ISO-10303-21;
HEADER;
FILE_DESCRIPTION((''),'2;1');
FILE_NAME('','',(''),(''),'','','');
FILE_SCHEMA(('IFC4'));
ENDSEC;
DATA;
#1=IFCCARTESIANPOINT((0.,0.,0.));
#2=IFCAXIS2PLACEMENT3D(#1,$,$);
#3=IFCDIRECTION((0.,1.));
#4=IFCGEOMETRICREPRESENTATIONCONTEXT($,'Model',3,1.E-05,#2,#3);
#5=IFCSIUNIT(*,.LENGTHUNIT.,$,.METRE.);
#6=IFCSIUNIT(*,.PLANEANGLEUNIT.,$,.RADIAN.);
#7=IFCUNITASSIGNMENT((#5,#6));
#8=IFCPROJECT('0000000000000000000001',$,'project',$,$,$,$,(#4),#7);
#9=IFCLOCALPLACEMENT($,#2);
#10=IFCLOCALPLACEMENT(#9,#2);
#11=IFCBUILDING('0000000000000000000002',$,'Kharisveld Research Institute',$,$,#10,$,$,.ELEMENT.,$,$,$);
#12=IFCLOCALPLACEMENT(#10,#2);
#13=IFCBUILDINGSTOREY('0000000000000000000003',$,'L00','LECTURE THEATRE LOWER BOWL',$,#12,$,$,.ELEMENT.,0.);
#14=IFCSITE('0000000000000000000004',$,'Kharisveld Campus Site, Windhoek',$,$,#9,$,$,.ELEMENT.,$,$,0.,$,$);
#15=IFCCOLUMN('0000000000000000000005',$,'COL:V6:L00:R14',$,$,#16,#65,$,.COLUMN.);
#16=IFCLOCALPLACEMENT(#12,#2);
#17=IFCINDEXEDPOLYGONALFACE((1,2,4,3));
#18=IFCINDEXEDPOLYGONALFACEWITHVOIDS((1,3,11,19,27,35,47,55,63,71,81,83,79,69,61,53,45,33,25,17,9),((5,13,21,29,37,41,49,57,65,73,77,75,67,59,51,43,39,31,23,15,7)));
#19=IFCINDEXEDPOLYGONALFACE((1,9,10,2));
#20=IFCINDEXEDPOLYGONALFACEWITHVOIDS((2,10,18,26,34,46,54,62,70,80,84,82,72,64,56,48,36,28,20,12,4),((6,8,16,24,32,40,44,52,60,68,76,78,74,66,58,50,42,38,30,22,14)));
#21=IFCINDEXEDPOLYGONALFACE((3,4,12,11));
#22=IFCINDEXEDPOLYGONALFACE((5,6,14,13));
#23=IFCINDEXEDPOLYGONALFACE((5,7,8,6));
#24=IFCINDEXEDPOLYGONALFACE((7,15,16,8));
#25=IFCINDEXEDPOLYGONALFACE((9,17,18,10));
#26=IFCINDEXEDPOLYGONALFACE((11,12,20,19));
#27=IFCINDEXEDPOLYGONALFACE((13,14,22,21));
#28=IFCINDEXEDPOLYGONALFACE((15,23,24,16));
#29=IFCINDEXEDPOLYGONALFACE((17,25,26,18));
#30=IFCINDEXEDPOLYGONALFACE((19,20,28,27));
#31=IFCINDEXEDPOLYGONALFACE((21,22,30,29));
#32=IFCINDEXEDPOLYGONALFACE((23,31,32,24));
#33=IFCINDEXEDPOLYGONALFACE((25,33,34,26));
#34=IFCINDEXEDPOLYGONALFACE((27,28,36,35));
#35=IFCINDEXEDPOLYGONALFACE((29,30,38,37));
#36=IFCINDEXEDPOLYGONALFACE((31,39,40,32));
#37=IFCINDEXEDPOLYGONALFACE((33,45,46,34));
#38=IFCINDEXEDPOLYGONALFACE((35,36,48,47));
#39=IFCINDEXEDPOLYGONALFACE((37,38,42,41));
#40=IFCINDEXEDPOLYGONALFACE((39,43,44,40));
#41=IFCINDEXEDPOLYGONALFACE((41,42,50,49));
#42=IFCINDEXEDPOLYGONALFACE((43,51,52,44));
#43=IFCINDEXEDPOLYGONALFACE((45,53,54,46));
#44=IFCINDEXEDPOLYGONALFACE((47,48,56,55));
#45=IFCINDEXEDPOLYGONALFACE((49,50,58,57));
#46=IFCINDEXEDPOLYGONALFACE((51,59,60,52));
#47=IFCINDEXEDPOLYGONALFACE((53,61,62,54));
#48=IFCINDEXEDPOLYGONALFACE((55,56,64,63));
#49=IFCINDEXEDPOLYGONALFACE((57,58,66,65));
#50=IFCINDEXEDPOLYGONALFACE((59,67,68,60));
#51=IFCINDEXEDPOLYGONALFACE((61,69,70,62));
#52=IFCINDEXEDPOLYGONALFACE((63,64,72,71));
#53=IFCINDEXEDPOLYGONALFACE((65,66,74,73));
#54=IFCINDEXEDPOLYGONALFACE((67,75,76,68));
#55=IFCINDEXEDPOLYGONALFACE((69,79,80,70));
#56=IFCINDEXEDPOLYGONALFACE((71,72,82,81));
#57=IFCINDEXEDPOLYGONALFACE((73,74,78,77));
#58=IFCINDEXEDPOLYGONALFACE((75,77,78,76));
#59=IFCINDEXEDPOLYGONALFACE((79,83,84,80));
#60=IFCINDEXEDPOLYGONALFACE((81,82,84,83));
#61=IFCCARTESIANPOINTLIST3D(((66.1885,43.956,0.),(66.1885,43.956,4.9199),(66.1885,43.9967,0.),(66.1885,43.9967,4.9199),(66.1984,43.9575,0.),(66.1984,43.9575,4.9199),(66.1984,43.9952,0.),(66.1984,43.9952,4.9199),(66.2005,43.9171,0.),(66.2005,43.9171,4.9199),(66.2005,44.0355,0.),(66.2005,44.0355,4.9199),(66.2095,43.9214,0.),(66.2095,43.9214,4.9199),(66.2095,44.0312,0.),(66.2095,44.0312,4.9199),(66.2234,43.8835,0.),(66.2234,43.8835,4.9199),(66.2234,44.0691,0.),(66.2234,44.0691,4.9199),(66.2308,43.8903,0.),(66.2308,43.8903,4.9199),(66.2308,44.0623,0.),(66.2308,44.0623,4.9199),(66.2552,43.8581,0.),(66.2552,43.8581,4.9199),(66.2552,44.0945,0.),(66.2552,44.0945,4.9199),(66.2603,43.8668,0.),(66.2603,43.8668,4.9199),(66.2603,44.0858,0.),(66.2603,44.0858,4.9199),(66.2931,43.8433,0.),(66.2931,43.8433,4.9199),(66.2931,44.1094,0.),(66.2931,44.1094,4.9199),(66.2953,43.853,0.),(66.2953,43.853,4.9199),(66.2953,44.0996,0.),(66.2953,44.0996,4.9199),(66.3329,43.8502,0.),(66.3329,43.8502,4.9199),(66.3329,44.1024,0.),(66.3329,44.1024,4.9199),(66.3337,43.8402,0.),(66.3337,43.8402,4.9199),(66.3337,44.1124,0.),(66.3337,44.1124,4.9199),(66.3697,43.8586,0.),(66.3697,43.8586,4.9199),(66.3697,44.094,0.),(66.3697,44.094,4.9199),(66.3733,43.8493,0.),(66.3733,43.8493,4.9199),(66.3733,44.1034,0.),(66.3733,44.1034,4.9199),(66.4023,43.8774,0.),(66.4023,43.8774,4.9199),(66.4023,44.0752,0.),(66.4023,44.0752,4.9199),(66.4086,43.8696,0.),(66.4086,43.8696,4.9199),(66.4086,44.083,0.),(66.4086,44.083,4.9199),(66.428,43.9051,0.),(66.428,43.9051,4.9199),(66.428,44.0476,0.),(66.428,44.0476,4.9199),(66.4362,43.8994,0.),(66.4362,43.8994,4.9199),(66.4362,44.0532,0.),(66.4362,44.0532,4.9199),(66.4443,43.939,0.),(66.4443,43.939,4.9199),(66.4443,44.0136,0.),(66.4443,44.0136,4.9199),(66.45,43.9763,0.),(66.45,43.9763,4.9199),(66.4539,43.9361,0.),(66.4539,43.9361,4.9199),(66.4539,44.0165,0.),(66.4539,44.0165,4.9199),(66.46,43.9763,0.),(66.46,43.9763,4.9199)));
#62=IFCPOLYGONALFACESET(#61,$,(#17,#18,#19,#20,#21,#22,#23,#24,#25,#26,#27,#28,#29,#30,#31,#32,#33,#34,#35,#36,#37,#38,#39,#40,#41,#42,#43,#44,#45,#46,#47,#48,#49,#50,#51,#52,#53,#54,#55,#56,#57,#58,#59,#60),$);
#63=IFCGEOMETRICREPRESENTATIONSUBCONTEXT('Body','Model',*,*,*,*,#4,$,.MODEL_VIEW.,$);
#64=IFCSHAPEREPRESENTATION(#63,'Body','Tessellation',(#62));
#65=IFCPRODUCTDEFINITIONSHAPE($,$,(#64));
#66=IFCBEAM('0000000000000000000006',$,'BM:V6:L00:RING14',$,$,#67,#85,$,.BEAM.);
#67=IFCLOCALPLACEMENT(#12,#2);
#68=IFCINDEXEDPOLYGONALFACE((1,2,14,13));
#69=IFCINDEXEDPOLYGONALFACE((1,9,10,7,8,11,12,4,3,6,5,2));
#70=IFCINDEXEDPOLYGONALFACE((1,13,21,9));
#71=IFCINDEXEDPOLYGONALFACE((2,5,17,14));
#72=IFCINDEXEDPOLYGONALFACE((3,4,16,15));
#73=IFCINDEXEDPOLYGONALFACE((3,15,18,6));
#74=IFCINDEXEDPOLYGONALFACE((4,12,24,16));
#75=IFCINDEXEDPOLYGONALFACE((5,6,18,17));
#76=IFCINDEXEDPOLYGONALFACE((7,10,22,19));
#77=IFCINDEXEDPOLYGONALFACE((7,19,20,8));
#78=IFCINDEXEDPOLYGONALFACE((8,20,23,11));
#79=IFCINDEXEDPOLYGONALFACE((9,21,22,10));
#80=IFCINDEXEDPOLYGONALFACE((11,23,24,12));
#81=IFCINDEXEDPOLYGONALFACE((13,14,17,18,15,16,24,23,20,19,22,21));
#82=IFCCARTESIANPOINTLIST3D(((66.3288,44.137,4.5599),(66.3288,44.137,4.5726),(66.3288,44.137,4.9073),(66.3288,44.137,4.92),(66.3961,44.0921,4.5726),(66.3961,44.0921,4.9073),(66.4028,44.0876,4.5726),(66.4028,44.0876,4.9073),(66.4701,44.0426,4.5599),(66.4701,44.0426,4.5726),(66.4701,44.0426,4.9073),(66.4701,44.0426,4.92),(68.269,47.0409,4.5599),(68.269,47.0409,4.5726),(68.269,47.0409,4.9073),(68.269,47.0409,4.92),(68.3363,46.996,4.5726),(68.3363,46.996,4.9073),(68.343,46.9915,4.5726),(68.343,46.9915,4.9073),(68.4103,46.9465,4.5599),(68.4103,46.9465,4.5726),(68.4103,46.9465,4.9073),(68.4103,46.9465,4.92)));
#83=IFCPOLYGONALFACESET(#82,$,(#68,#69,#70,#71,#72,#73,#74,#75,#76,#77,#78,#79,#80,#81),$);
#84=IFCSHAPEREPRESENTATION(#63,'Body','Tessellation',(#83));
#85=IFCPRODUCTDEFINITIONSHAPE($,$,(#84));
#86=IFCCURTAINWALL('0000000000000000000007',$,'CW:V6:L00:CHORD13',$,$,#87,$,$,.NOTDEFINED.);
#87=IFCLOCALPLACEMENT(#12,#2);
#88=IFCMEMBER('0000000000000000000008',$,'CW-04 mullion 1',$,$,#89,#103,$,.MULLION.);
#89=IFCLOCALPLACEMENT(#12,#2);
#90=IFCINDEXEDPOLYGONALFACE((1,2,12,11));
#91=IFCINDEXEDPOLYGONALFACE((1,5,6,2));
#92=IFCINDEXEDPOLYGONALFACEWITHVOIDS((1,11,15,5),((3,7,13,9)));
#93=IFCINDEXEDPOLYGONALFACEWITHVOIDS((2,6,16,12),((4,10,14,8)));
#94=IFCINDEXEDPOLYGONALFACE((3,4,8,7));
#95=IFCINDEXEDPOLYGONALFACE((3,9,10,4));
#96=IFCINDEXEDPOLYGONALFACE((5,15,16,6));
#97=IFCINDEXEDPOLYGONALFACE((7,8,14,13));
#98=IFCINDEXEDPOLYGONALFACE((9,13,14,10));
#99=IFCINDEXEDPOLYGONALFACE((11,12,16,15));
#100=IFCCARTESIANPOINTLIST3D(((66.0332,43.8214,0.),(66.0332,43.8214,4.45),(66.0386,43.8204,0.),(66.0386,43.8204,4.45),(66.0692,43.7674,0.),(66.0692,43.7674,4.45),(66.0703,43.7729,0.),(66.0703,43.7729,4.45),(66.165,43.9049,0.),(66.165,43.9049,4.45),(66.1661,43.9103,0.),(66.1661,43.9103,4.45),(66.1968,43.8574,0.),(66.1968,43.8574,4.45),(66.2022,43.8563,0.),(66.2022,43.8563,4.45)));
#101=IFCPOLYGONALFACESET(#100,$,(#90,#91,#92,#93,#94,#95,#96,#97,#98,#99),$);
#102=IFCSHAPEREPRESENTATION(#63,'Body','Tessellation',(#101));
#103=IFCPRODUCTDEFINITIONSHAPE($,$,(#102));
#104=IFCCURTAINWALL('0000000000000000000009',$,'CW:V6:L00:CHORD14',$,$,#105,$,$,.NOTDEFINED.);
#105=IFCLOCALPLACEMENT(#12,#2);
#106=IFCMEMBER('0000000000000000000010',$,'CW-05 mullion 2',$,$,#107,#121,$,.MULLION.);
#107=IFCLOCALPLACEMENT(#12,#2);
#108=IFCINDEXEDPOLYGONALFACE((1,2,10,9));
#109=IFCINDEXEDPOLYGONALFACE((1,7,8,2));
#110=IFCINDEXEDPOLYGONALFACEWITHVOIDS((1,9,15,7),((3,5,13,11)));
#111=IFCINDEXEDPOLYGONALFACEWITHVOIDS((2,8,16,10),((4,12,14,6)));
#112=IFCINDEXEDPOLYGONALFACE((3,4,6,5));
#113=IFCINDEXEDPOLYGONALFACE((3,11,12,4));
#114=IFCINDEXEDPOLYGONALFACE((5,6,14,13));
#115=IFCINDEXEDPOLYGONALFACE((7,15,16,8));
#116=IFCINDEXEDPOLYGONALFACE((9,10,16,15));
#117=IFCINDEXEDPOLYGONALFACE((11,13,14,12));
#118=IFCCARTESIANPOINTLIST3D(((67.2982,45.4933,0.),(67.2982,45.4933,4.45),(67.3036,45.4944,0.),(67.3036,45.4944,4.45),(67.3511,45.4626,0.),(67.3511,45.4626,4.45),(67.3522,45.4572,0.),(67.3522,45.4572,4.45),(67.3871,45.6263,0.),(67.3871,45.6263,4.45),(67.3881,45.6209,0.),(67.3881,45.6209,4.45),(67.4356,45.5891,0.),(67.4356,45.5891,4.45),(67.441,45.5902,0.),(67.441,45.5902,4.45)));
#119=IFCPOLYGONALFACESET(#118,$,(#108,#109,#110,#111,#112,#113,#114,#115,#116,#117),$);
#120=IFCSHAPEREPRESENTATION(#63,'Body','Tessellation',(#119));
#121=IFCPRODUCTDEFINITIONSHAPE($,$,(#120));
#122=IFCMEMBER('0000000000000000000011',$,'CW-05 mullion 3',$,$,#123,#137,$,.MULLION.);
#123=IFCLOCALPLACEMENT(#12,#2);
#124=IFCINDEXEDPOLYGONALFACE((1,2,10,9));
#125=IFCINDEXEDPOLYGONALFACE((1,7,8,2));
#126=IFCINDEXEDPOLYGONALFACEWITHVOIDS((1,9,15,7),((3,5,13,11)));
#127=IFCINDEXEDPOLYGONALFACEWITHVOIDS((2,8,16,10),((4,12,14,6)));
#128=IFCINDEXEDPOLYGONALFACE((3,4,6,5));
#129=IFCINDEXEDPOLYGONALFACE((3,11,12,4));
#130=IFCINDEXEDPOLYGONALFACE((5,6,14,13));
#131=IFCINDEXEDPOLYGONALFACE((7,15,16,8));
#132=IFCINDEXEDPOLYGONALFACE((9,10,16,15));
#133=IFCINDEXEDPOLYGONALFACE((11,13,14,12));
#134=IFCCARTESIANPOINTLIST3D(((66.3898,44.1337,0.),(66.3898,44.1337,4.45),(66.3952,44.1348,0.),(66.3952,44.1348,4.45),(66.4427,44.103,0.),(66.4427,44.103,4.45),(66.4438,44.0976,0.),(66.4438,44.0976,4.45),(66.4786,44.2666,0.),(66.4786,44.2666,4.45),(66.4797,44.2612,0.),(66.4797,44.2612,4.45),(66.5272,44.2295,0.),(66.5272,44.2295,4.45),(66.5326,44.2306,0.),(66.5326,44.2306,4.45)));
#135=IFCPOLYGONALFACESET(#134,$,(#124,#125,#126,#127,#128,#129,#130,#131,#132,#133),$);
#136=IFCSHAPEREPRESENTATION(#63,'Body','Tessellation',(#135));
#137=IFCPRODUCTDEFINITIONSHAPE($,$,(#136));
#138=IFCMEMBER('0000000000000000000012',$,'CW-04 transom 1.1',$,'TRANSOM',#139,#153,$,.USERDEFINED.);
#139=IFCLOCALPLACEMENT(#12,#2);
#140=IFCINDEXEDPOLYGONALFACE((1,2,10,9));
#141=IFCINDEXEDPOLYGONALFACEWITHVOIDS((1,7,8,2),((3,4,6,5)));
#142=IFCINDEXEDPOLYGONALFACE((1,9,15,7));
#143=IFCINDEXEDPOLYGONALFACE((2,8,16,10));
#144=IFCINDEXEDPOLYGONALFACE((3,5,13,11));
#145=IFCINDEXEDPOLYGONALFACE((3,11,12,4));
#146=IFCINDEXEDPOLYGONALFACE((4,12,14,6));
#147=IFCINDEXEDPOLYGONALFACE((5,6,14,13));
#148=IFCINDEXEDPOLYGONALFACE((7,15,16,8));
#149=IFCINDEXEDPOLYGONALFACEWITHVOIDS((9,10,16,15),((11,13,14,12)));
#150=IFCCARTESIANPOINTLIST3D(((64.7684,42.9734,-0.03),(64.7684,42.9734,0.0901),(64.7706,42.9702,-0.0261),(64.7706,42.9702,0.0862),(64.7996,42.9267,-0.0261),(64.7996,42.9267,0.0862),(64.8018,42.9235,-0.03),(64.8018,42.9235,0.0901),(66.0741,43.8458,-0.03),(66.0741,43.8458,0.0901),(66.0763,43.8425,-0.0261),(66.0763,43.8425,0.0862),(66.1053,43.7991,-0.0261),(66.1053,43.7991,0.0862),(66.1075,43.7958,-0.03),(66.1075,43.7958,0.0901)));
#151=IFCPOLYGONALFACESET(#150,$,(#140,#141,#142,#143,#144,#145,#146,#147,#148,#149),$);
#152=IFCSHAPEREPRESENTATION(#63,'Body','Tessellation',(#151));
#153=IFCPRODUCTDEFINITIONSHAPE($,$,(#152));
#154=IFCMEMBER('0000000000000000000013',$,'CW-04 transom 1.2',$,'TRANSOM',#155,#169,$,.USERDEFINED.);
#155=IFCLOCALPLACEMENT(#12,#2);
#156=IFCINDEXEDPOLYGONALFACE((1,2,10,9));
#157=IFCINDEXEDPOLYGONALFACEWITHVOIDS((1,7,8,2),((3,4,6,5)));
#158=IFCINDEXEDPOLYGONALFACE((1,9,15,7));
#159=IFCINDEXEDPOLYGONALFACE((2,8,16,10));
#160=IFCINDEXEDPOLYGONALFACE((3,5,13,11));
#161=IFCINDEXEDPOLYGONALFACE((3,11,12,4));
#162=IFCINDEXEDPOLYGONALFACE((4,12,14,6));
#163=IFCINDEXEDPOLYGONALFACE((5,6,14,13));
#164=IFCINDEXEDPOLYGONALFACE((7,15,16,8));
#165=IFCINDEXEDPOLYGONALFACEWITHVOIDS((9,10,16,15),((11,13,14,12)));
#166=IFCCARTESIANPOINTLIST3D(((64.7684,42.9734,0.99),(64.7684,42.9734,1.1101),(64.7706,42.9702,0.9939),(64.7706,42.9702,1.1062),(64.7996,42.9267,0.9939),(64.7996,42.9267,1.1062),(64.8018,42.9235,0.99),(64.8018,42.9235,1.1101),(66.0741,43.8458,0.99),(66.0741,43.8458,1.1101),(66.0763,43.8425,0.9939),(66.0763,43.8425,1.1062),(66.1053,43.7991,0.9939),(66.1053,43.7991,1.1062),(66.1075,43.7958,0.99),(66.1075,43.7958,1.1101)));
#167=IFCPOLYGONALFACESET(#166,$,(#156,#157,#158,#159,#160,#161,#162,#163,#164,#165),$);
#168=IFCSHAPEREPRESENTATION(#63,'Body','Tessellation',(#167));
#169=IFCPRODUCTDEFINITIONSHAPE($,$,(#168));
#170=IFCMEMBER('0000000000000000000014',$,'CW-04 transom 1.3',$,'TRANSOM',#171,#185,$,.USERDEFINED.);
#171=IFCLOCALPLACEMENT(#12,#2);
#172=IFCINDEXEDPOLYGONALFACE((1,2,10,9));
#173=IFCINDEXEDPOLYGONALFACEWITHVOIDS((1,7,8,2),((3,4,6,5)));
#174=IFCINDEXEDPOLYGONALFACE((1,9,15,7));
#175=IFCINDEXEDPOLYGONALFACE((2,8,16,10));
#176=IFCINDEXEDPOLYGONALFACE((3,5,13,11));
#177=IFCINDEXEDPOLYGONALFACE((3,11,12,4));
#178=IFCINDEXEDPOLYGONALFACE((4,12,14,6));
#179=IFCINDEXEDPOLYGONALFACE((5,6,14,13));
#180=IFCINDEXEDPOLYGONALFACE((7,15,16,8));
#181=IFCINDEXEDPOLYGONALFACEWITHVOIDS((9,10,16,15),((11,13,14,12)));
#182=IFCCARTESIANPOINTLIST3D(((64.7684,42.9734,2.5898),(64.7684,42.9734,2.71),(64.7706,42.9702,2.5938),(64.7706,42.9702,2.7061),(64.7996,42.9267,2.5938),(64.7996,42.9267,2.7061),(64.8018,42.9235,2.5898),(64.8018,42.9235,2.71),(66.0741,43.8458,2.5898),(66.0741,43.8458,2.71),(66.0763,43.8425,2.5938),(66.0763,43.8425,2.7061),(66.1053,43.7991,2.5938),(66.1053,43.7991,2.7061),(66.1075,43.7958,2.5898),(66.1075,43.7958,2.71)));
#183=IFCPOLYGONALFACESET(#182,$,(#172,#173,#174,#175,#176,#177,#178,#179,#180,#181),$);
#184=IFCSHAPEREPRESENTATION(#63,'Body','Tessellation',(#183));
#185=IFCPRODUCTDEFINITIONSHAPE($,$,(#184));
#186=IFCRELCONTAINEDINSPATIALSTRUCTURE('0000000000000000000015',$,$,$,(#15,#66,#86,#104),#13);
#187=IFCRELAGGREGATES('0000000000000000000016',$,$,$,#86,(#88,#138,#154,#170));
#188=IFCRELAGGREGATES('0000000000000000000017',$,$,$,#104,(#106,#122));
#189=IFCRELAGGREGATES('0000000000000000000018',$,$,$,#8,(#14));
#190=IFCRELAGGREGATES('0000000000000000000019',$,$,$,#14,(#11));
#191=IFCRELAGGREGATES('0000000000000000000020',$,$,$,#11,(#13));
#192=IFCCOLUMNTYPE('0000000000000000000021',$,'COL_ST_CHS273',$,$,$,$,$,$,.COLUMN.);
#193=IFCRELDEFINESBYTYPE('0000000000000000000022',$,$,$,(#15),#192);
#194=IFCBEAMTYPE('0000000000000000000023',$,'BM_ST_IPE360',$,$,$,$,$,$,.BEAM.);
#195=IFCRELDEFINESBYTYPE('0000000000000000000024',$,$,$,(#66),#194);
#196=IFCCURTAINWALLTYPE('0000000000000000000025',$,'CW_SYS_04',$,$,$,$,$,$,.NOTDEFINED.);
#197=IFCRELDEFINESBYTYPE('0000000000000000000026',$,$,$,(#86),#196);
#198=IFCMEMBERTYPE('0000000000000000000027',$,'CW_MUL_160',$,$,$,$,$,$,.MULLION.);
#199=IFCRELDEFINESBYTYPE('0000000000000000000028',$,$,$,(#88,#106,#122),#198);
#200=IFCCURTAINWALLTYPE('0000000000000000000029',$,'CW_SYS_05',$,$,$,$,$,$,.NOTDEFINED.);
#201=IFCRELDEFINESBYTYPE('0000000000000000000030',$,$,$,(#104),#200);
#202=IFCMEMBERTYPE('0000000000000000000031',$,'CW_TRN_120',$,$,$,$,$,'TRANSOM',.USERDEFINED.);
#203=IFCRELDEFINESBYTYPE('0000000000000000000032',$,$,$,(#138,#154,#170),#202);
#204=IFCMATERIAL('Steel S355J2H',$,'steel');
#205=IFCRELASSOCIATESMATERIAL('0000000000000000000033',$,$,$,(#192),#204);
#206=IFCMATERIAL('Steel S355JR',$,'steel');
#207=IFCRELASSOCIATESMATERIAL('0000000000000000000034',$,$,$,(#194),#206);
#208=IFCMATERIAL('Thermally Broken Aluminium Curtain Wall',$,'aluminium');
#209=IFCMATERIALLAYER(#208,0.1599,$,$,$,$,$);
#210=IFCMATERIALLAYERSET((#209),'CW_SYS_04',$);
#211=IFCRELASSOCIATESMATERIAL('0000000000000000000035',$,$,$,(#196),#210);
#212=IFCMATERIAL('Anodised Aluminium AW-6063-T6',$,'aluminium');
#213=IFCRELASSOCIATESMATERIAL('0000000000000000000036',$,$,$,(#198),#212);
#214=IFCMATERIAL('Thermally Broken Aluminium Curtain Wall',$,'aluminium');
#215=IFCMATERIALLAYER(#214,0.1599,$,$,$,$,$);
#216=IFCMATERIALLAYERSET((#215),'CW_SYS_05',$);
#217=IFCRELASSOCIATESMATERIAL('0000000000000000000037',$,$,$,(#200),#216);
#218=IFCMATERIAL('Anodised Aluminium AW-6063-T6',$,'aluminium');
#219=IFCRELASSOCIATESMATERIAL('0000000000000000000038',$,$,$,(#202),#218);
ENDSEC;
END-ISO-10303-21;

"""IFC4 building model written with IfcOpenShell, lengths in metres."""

from ifc_helpers import new_model, si_unit, direction, frame, origin, origin_2d, place, context, subcontext, project, spatial, hollow_rectangle, hollow_circle, i_section, extrude, material, layer, layer_set, material_profile, profile_set, type_object, element, aggregate, save


model = new_model("IFC4")

# Units and contexts
model_context = context("Model", 3, precision=1e-05, world=origin(), true_north=direction((0.0, 1.0)))
body_context = subcontext(model_context, "Body", "Model", "MODEL_VIEW")
ifc_project = project(units=[si_unit("LENGTHUNIT", "METRE"), si_unit("PLANEANGLEUNIT", "RADIAN")], contexts=[model_context])

# Site, building, storey
site_placement = place(None, origin())
site = spatial("IfcSite", under=ifc_project, at=site_placement, Name="Kharisveld Campus Site, Windhoek", CompositionType="ELEMENT", RefElevation=0.0)
building_placement = place(site_placement, origin())
building = spatial("IfcBuilding", under=site, at=building_placement, Name="Kharisveld Research Institute", CompositionType="ELEMENT")
storey_placement = place(building_placement, origin())
storey = spatial("IfcBuildingStorey", under=building, at=storey_placement, Name="L00", Description="LECTURE THEATRE LOWER BOWL", CompositionType="ELEMENT", Elevation=0.0)

# Column
ifc_material_1 = material(Name="Steel S355J2H", Category="steel")
ifc_material_profile_1 = material_profile(ifc_material_1, hollow_circle(Radius=0.1365, WallThickness=0.01, at=origin_2d()))
ifc_profile_set_1 = profile_set([ifc_material_profile_1], Name="Steel S355J2H")
column_type = type_object("IfcColumnType", Name="COL_ST_CHS273", PredefinedType="COLUMN", material=ifc_profile_set_1)
column_placement = place(storey_placement, frame((66.3235, 43.9763, 0.0), z_axis=(0.0, 0.0, 1.0), x_axis=(1.0, 0.0, 0.0)))
element("IfcColumn", 1, at=column_placement, inside=storey, type_object=column_type, Name="COL:V6:L00:R14", PredefinedType="COLUMN", context=body_context, shape_type="SweptSolid", body=[
    extrude(hollow_circle(Radius=0.1365, WallThickness=0.01, at=origin_2d()), origin(), (0.0, 0.0, 1.0), 4.9199),
])

# Beam
ifc_material_2 = material(Name="Steel S355JR", Category="steel")
ifc_material_profile_2 = material_profile(ifc_material_2, i_section(OverallWidth=0.1699, OverallDepth=0.3601, WebThickness=0.0081, FlangeThickness=0.0127, at=origin_2d()))
ifc_profile_set_2 = profile_set([ifc_material_profile_2], Name="Steel S355JR")
beam_type = type_object("IfcBeamType", Name="BM_ST_IPE360", PredefinedType="BEAM", material=ifc_profile_set_2)
beam_placement = place(storey_placement, frame((66.3994, 44.0898, 4.74), z_axis=(0.555555, 0.83148, 0.0), x_axis=(-0.83148, 0.555555, 0.0)))
element("IfcBeam", 2, at=beam_placement, inside=storey, type_object=beam_type, Name="BM:V6:L00:RING14", PredefinedType="BEAM", context=body_context, shape_type="SweptSolid", body=[
    extrude(i_section(OverallWidth=0.1699, OverallDepth=0.3601, WebThickness=0.0081, FlangeThickness=0.0127, at=origin_2d()), origin(), (0.0, 0.0, 1.0), 3.4924),
])

# Curtain wall, member
ifc_material_3 = material(Name="Thermally Broken Aluminium Curtain Wall", Category="aluminium")
ifc_layer_1 = layer(ifc_material_3, 0.1599)
ifc_layer_set_1 = layer_set([ifc_layer_1], Name="CW_SYS_04")
curtain_wall_type_1 = type_object("IfcCurtainWallType", Name="CW_SYS_04", PredefinedType="NOTDEFINED", material=ifc_layer_set_1)
curtain_wall_1_placement = place(storey_placement, origin())
curtain_wall_1 = element("IfcCurtainWall", 3, at=curtain_wall_1_placement, inside=storey, type_object=curtain_wall_type_1, Name="CW:V6:L00:CHORD13", PredefinedType="NOTDEFINED")
ifc_material_4 = material(Name="Anodised Aluminium AW-6063-T6", Category="aluminium")
ifc_material_profile_3 = material_profile(ifc_material_4, hollow_rectangle(XDim=0.0649, YDim=0.1599, WallThickness=0.0039, at=origin_2d()))
ifc_profile_set_3 = profile_set([ifc_material_profile_3], Name="Anodised Aluminium AW-6063-T6")
member_type_1 = type_object("IfcMemberType", Name="CW_MUL_160", PredefinedType="MULLION", material=ifc_profile_set_3)
member_1_placement = place(storey_placement, frame((66.1177, 43.8389, 0.0), z_axis=(0.0, 0.0, 1.0), x_axis=(0.55557, -0.83147, 0.0)))
member_1 = element("IfcMember", 4, at=member_1_placement, type_object=member_type_1, Name="CW-04 mullion 1", PredefinedType="MULLION", context=body_context, shape_type="SweptSolid", body=[
    extrude(hollow_rectangle(XDim=0.0649, YDim=0.1599, WallThickness=0.0039, at=origin_2d()), origin(), (0.0, 0.0, 1.0), 4.45),
])

# Curtain wall, members
ifc_material_5 = material(Name="Thermally Broken Aluminium Curtain Wall", Category="aluminium")
ifc_layer_2 = layer(ifc_material_5, 0.1599)
ifc_layer_set_2 = layer_set([ifc_layer_2], Name="CW_SYS_05")
curtain_wall_type_2 = type_object("IfcCurtainWallType", Name="CW_SYS_05", PredefinedType="NOTDEFINED", material=ifc_layer_set_2)
curtain_wall_2_placement = place(storey_placement, origin())
curtain_wall_2 = element("IfcCurtainWall", 5, at=curtain_wall_2_placement, inside=storey, type_object=curtain_wall_type_2, Name="CW:V6:L00:CHORD14", PredefinedType="NOTDEFINED")
member_2_placement = place(storey_placement, frame((67.3696, 45.5417, 0.0), z_axis=(0.0, 0.0, 1.0), x_axis=(0.83147, -0.55557, 0.0)))
member_2 = element("IfcMember", 6, at=member_2_placement, type_object=member_type_1, Name="CW-05 mullion 2", PredefinedType="MULLION", context=body_context, shape_type="SweptSolid", body=[
    extrude(hollow_rectangle(XDim=0.0649, YDim=0.1599, WallThickness=0.0039, at=origin_2d()), origin(), (0.0, 0.0, 1.0), 4.45),
])
member_3_placement = place(storey_placement, frame((66.4612, 44.1821, 0.0), z_axis=(0.0, 0.0, 1.0), x_axis=(0.83147, -0.55557, 0.0)))
member_3 = element("IfcMember", 7, at=member_3_placement, type_object=member_type_1, Name="CW-05 mullion 3", PredefinedType="MULLION", context=body_context, shape_type="SweptSolid", body=[
    extrude(hollow_rectangle(XDim=0.0649, YDim=0.1599, WallThickness=0.0039, at=origin_2d()), origin(), (0.0, 0.0, 1.0), 4.45),
])

# Members
ifc_material_6 = material(Name="Anodised Aluminium AW-6063-T6", Category="aluminium")
ifc_material_profile_4 = material_profile(ifc_material_6, hollow_rectangle(XDim=0.0601, YDim=0.1201, WallThickness=0.0039, at=origin_2d()))
ifc_profile_set_4 = profile_set([ifc_material_profile_4], Name="Anodised Aluminium AW-6063-T6")
member_type_2 = type_object("IfcMemberType", Name="CW_TRN_120", ElementType="TRANSOM", PredefinedType="USERDEFINED", material=ifc_profile_set_4)
member_4_placement = place(storey_placement, frame((66.0908, 43.8208, 0.03), z_axis=(-0.8315, -0.555525, 0.0), x_axis=(0.555525, -0.8315, 0.0)))
member_4 = element("IfcMember", 8, at=member_4_placement, type_object=member_type_2, Name="CW-04 transom 1.1", ObjectType="TRANSOM", PredefinedType="USERDEFINED", context=body_context, shape_type="SweptSolid", body=[
    extrude(hollow_rectangle(XDim=0.0601, YDim=0.1201, WallThickness=0.0039, at=origin_2d()), origin(), (0.0, 0.0, 1.0), 1.5703),
])
member_5_placement = place(storey_placement, frame((66.0908, 43.8208, 1.05), z_axis=(-0.8315, -0.555525, 0.0), x_axis=(0.555525, -0.8315, 0.0)))
member_5 = element("IfcMember", 9, at=member_5_placement, type_object=member_type_2, Name="CW-04 transom 1.2", ObjectType="TRANSOM", PredefinedType="USERDEFINED", context=body_context, shape_type="SweptSolid", body=[
    extrude(hollow_rectangle(XDim=0.0601, YDim=0.1201, WallThickness=0.0039, at=origin_2d()), origin(), (0.0, 0.0, 1.0), 1.5703),
])
member_6_placement = place(storey_placement, frame((66.0908, 43.8208, 2.6499), z_axis=(-0.8315, -0.555525, 0.0), x_axis=(0.555525, -0.8315, 0.0)))
member_6 = element("IfcMember", 10, at=member_6_placement, type_object=member_type_2, Name="CW-04 transom 1.3", ObjectType="TRANSOM", PredefinedType="USERDEFINED", context=body_context, shape_type="SweptSolid", body=[
    extrude(hollow_rectangle(XDim=0.0601, YDim=0.1201, WallThickness=0.0039, at=origin_2d()), origin(), (0.0, 0.0, 1.0), 1.5703),
])

aggregate(curtain_wall_1, [member_1, member_4, member_5, member_6])
aggregate(curtain_wall_2, [member_2, member_3])

save(model, "model.ifc")
